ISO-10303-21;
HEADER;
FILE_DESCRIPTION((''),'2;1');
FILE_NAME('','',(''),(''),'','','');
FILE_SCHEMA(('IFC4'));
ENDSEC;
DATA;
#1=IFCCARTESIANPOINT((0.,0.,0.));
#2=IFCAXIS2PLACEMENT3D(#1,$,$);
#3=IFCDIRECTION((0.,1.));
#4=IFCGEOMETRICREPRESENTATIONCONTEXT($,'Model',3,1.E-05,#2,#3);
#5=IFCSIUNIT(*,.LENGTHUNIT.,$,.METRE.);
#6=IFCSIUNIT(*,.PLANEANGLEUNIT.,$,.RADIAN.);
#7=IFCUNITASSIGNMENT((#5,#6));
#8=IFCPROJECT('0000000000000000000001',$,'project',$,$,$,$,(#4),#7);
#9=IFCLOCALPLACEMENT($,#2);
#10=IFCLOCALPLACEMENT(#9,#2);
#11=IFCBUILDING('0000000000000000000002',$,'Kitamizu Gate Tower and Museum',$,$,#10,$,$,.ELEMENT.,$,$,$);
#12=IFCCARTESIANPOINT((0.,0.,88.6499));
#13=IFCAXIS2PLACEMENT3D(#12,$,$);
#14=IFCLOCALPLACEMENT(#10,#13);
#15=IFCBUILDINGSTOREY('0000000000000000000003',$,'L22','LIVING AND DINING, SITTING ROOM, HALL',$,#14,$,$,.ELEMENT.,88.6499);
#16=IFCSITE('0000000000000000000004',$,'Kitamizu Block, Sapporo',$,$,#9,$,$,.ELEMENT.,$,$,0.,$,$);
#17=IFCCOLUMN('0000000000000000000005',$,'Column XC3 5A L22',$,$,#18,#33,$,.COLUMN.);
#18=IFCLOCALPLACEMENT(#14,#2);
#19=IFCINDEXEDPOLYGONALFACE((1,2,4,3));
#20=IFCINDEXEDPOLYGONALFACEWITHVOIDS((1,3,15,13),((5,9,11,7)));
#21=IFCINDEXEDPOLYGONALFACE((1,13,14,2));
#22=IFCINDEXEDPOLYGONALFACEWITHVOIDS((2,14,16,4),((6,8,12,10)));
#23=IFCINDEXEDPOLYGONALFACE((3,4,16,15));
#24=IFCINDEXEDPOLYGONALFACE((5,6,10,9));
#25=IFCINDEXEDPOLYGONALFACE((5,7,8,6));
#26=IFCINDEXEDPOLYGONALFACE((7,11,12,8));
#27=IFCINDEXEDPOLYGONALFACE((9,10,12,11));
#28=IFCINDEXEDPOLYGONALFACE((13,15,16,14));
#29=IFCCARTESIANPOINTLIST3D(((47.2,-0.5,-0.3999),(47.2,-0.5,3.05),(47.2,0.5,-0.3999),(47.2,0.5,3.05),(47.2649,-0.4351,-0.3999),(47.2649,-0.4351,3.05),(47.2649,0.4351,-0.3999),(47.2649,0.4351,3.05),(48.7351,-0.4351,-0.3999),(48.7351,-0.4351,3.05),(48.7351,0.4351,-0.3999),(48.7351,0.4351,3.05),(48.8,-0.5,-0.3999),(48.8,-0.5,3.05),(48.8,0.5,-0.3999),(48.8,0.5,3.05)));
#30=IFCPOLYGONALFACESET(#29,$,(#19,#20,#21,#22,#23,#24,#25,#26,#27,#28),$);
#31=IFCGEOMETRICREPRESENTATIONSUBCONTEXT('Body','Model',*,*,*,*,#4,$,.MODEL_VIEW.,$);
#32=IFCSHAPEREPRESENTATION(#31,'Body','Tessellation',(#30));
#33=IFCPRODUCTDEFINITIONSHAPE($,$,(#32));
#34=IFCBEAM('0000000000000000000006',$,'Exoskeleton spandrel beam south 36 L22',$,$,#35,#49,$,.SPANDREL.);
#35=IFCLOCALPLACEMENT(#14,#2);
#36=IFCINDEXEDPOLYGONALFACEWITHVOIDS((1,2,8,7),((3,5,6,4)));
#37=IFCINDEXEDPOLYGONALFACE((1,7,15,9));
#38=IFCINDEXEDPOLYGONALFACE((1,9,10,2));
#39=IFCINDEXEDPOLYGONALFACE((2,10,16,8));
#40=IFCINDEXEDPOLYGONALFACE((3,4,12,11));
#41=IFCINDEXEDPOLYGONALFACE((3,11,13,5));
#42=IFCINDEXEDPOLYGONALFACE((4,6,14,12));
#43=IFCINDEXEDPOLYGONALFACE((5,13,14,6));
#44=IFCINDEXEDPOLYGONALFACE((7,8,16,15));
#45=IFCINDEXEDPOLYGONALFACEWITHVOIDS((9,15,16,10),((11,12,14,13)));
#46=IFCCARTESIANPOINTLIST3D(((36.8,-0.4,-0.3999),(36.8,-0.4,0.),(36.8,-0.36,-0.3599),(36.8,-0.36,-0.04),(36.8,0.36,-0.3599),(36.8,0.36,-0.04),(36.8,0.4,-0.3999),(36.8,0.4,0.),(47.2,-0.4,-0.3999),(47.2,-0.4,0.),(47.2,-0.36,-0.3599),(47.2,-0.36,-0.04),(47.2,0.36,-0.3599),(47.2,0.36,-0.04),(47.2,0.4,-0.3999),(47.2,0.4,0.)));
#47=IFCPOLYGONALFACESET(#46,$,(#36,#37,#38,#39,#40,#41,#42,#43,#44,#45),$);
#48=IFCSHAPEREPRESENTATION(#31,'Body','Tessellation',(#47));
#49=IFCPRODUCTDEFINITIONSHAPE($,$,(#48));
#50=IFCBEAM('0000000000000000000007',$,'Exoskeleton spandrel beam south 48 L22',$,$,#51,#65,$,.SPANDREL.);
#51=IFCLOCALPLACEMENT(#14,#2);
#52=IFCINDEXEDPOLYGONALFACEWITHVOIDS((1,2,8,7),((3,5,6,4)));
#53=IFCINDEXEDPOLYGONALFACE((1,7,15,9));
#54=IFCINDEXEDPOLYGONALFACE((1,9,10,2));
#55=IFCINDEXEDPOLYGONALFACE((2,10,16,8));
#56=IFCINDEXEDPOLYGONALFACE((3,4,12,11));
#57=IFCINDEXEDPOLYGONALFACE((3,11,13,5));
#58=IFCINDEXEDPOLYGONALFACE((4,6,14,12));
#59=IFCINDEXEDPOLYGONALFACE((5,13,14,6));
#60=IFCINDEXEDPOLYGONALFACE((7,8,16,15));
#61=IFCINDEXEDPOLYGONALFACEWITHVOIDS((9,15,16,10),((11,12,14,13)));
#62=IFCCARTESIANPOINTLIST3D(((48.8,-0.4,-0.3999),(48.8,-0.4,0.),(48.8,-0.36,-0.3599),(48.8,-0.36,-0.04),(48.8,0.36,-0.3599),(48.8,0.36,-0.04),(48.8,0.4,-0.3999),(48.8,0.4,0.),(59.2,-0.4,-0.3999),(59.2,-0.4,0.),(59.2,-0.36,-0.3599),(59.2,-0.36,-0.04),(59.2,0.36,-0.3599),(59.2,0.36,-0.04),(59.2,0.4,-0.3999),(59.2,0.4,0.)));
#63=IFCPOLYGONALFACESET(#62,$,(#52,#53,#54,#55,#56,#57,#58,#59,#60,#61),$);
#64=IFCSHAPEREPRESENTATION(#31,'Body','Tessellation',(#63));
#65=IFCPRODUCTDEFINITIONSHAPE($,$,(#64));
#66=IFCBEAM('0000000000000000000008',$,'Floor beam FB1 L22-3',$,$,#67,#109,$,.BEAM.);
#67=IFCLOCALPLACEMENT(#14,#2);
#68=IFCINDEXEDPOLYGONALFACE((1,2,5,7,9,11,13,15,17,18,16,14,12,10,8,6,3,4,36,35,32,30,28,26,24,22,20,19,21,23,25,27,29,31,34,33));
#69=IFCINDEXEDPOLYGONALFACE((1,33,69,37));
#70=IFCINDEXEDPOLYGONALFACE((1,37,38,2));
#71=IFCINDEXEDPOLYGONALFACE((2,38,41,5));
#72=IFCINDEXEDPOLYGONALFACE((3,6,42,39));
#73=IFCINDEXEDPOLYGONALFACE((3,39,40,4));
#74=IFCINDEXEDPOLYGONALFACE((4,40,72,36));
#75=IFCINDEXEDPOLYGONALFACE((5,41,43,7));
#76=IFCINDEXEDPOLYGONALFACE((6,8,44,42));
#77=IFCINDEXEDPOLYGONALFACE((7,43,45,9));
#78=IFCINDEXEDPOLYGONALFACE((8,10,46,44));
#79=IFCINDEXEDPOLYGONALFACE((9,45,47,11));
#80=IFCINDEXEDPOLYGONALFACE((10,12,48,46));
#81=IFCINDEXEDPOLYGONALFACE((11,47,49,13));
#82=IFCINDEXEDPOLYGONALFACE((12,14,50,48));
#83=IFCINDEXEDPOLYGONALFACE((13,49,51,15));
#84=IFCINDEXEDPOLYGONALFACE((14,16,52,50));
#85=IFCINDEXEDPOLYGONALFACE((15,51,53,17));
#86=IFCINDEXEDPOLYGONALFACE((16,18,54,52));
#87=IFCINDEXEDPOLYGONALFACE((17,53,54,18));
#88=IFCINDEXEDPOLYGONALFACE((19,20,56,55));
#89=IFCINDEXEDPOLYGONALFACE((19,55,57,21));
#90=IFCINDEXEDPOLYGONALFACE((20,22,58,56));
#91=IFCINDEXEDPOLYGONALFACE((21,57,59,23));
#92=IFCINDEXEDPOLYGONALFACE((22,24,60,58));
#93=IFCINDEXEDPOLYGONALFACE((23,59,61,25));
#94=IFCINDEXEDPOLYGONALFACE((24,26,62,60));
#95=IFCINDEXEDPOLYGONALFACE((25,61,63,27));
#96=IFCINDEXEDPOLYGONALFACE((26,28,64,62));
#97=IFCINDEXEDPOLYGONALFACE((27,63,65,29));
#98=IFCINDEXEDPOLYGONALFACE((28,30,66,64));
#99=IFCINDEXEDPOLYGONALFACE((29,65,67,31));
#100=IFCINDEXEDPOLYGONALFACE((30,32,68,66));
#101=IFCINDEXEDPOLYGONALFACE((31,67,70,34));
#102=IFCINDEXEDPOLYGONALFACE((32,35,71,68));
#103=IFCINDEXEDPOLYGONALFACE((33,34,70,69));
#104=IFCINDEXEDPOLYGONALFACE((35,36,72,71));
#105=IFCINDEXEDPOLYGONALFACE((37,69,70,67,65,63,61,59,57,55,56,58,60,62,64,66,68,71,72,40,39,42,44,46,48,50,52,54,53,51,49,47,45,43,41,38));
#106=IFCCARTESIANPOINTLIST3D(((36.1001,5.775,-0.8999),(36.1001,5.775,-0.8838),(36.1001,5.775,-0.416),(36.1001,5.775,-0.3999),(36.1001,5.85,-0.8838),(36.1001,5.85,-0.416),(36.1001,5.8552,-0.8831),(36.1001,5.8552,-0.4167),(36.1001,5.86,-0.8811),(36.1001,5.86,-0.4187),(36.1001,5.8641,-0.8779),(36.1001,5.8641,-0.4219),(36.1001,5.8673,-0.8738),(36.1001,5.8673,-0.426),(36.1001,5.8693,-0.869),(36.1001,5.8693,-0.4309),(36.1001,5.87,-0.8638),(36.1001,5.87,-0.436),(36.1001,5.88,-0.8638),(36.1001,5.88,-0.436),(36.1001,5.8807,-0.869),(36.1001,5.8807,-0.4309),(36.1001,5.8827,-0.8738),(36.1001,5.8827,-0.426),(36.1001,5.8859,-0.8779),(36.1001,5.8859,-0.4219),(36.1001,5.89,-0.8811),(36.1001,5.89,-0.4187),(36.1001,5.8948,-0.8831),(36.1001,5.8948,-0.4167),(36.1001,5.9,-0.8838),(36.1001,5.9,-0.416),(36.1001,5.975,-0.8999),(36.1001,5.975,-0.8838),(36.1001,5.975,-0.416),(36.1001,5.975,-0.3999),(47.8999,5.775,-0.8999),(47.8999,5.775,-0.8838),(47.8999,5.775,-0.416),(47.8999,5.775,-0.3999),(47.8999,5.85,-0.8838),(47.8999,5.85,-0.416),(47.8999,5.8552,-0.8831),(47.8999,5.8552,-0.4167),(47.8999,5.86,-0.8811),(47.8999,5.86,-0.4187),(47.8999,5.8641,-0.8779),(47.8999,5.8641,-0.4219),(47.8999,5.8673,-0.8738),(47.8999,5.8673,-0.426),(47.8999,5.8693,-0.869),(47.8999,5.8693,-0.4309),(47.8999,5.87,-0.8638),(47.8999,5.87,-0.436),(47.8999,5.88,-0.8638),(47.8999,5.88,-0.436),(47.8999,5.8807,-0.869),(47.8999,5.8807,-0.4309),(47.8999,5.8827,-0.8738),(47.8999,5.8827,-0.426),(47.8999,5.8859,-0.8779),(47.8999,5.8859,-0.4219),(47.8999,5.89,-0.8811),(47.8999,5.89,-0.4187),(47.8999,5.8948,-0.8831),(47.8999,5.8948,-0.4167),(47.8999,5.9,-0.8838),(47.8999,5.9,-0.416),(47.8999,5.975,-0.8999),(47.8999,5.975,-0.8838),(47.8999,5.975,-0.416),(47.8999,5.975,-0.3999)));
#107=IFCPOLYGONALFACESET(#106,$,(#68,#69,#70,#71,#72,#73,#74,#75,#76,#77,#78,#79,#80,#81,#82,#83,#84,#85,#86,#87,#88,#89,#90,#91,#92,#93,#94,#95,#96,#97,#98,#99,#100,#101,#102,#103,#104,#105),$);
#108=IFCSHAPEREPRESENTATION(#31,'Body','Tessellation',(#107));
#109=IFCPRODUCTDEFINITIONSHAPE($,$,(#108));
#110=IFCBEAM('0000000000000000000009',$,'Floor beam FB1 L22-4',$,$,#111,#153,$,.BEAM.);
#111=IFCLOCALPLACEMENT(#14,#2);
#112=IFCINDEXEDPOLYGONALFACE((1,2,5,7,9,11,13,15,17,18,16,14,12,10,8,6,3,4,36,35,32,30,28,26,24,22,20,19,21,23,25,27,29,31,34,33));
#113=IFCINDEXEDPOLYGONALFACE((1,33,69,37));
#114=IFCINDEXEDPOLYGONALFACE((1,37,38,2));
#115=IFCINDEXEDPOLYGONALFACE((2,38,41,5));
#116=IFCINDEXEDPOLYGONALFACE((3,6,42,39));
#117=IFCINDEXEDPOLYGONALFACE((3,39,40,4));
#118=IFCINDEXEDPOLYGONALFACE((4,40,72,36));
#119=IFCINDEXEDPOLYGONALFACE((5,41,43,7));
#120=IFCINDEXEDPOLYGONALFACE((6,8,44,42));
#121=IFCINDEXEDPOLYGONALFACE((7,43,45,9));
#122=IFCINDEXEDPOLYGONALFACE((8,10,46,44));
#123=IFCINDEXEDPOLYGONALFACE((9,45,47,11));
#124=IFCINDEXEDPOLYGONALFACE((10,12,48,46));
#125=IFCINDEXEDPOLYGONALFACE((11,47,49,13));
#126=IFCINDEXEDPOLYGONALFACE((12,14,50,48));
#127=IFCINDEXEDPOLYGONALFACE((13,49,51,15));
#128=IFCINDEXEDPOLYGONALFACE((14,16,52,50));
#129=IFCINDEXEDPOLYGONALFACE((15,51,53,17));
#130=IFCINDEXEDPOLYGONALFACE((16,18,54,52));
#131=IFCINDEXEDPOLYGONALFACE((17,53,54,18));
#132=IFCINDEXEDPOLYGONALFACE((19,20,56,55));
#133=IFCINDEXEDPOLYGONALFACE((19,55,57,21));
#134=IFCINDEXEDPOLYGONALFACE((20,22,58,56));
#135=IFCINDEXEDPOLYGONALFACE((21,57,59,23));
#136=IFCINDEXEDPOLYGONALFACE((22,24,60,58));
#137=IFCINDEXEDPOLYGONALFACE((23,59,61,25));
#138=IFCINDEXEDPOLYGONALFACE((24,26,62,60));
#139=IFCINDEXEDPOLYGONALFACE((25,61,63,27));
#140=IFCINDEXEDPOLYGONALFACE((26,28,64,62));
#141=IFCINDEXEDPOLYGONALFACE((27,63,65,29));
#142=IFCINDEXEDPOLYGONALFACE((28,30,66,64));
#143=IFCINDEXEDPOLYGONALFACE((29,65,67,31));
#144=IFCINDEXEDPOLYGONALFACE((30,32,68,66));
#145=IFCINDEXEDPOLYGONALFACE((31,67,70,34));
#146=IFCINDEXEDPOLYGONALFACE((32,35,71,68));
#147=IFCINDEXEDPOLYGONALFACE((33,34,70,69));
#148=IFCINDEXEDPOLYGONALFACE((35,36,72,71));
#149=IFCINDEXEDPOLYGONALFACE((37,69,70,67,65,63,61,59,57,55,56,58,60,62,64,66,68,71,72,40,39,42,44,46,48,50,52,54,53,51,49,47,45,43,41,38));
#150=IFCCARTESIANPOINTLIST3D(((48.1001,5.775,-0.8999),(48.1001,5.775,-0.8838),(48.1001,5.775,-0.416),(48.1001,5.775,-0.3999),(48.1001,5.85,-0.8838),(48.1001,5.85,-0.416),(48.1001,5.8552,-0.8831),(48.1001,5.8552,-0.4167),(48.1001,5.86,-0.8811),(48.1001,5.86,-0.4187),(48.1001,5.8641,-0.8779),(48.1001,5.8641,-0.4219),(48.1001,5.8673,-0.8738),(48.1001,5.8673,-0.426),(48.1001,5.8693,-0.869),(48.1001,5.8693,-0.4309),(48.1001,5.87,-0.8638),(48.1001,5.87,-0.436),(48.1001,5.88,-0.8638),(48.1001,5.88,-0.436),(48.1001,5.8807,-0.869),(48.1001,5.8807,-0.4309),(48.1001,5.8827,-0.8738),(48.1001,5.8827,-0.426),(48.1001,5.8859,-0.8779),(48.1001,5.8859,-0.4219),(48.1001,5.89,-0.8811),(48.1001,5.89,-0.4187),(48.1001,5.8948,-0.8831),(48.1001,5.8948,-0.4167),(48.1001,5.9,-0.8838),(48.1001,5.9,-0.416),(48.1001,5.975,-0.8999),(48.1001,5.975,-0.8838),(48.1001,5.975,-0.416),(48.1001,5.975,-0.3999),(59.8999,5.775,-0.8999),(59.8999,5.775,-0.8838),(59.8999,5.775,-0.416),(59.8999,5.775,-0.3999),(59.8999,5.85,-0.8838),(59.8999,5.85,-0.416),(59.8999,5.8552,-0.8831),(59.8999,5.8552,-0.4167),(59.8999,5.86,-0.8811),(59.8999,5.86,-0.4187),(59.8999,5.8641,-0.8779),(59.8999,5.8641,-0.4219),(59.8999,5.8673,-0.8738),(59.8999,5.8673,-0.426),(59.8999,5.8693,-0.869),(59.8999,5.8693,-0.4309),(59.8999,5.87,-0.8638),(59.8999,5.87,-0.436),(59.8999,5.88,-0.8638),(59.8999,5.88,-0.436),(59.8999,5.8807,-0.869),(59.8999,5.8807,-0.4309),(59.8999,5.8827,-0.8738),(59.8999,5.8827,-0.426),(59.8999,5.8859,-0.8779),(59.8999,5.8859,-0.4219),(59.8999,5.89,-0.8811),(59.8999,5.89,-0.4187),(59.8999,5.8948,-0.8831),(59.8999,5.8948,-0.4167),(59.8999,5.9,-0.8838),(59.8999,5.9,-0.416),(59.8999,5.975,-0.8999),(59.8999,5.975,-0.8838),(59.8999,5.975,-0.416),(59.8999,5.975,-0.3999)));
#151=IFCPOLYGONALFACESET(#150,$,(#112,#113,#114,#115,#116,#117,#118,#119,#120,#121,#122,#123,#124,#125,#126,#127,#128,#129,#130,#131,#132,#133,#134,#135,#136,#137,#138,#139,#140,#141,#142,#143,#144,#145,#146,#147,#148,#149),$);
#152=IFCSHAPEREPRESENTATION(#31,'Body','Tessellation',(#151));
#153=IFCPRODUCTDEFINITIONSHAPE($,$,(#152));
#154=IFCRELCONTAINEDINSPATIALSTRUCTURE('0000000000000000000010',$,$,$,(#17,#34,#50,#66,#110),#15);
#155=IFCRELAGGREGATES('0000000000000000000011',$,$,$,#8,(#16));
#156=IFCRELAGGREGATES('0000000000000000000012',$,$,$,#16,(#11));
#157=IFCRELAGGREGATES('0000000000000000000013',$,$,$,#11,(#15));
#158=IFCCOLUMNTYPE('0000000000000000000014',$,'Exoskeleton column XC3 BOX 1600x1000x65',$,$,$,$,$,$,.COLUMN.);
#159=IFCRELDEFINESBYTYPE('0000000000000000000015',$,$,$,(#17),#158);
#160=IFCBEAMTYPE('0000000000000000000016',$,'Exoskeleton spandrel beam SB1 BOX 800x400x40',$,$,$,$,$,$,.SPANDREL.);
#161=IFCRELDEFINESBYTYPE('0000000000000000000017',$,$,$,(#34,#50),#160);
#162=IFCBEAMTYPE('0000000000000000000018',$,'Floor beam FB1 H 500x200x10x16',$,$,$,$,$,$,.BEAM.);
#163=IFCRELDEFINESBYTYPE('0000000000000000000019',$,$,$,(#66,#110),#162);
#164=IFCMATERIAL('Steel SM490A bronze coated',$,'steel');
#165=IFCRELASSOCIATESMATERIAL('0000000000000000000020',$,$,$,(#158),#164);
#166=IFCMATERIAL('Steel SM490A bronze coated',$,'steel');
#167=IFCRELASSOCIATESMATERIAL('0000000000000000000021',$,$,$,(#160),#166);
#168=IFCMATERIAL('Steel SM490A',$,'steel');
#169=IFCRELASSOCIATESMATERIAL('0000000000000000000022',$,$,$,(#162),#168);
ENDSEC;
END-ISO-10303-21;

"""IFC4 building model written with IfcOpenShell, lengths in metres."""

from ifc_helpers import new_model, si_unit, direction, frame, origin, origin_2d, place, context, subcontext, project, spatial, hollow_rectangle, i_section, extrude, material, material_profile, profile_set, type_object, element, save


model = new_model("IFC4")

# Units and contexts
model_context = context("Model", 3, precision=1e-05, world=origin(), true_north=direction((0.0, 1.0)))
body_context = subcontext(model_context, "Body", "Model", "MODEL_VIEW")
ifc_project = project(units=[si_unit("LENGTHUNIT", "METRE"), si_unit("PLANEANGLEUNIT", "RADIAN")], contexts=[model_context])

# Site, building, storey
site_placement = place(None, origin())
site = spatial("IfcSite", under=ifc_project, at=site_placement, Name="Kitamizu Block, Sapporo", CompositionType="ELEMENT", RefElevation=0.0)
building_placement = place(site_placement, origin())
building = spatial("IfcBuilding", under=site, at=building_placement, Name="Kitamizu Gate Tower and Museum", CompositionType="ELEMENT")
storey_placement = place(building_placement, frame((0.0, 0.0, 88.6499)))
storey = spatial("IfcBuildingStorey", under=building, at=storey_placement, Name="L22", Description="LIVING AND DINING, SITTING ROOM, HALL", CompositionType="ELEMENT", Elevation=88.6499)

# Column
ifc_material_1 = material(Name="Steel SM490A bronze coated", Category="steel")
ifc_material_profile_1 = material_profile(ifc_material_1, hollow_rectangle(XDim=1.6001, YDim=1.0, WallThickness=0.0649, at=origin_2d()), Name="BOX 1600x1000x65")
ifc_profile_set_1 = profile_set([ifc_material_profile_1], Name="Steel SM490A bronze coated")
column_type = type_object("IfcColumnType", Name="Exoskeleton column XC3 BOX 1600x1000x65", PredefinedType="COLUMN", material=ifc_profile_set_1)
column_placement = place(storey_placement, frame((48.0, 0.0, -0.3999), z_axis=(0.0, 0.0, 1.0), x_axis=(1.0, 0.0, 0.0)))
element("IfcColumn", 1, at=column_placement, inside=storey, type_object=column_type, Name="Column XC3 5A L22", PredefinedType="COLUMN", context=body_context, shape_type="SweptSolid", body=[
    extrude(hollow_rectangle(XDim=1.6001, YDim=1.0, WallThickness=0.0649, at=origin_2d()), origin(), (0.0, 0.0, 1.0), 3.45),
])

# Beams
ifc_material_2 = material(Name="Steel SM490A bronze coated", Category="steel")
ifc_material_profile_2 = material_profile(ifc_material_2, hollow_rectangle(XDim=0.8, YDim=0.3999, WallThickness=0.04, at=origin_2d()), Name="BOX 800x400x40")
ifc_profile_set_2 = profile_set([ifc_material_profile_2], Name="Steel SM490A bronze coated")
beam_type_1 = type_object("IfcBeamType", Name="Exoskeleton spandrel beam SB1 BOX 800x400x40", PredefinedType="SPANDREL", material=ifc_profile_set_2)
for number, where, z_axis, x_axis, name in (
    (2, (36.8, 0.0, -0.2), (1.0, 0.0, 0.0), (0.0, 1.0, 0.0), "Exoskeleton spandrel beam south 36 L22"),
    (3, (48.8, 0.0, -0.2), (1.0, 0.0, 0.0), (0.0, 1.0, 0.0), "Exoskeleton spandrel beam south 48 L22"),
):
    element("IfcBeam", number, at=place(storey_placement, frame(where, z_axis=z_axis, x_axis=x_axis)), inside=storey, type_object=beam_type_1, Name=name, PredefinedType="SPANDREL", context=body_context, shape_type="SweptSolid", body=[
        extrude(hollow_rectangle(XDim=0.8, YDim=0.3999, WallThickness=0.04, at=origin_2d()), origin(), (0.0, 0.0, 1.0), 10.3999),
    ])
ifc_material_3 = material(Name="Steel SM490A", Category="steel")
ifc_material_profile_3 = material_profile(ifc_material_3, i_section(OverallWidth=0.2, OverallDepth=0.5, WebThickness=0.01, FlangeThickness=0.0161, FilletRadius=0.02, at=origin_2d()), Name="H-500x200x10x16")
ifc_profile_set_3 = profile_set([ifc_material_profile_3], Name="Steel SM490A")
beam_type_2 = type_object("IfcBeamType", Name="Floor beam FB1 H 500x200x10x16", PredefinedType="BEAM", material=ifc_profile_set_3)
for number, where, z_axis, x_axis, name in (
    (4, (36.1001, 5.875, -0.6499), (1.0, 0.0, 0.0), (0.0, 1.0, 0.0), "Floor beam FB1 L22-3"),
    (5, (48.1001, 5.875, -0.6499), (1.0, 0.0, 0.0), (0.0, 1.0, 0.0), "Floor beam FB1 L22-4"),
):
    element("IfcBeam", number, at=place(storey_placement, frame(where, z_axis=z_axis, x_axis=x_axis)), inside=storey, type_object=beam_type_2, Name=name, PredefinedType="BEAM", context=body_context, shape_type="SweptSolid", body=[
        extrude(i_section(OverallWidth=0.2, OverallDepth=0.5, WebThickness=0.01, FlangeThickness=0.0161, FilletRadius=0.02, at=origin_2d()), origin(), (0.0, 0.0, 1.0), 11.7998),
    ])

save(model, "model.ifc")
